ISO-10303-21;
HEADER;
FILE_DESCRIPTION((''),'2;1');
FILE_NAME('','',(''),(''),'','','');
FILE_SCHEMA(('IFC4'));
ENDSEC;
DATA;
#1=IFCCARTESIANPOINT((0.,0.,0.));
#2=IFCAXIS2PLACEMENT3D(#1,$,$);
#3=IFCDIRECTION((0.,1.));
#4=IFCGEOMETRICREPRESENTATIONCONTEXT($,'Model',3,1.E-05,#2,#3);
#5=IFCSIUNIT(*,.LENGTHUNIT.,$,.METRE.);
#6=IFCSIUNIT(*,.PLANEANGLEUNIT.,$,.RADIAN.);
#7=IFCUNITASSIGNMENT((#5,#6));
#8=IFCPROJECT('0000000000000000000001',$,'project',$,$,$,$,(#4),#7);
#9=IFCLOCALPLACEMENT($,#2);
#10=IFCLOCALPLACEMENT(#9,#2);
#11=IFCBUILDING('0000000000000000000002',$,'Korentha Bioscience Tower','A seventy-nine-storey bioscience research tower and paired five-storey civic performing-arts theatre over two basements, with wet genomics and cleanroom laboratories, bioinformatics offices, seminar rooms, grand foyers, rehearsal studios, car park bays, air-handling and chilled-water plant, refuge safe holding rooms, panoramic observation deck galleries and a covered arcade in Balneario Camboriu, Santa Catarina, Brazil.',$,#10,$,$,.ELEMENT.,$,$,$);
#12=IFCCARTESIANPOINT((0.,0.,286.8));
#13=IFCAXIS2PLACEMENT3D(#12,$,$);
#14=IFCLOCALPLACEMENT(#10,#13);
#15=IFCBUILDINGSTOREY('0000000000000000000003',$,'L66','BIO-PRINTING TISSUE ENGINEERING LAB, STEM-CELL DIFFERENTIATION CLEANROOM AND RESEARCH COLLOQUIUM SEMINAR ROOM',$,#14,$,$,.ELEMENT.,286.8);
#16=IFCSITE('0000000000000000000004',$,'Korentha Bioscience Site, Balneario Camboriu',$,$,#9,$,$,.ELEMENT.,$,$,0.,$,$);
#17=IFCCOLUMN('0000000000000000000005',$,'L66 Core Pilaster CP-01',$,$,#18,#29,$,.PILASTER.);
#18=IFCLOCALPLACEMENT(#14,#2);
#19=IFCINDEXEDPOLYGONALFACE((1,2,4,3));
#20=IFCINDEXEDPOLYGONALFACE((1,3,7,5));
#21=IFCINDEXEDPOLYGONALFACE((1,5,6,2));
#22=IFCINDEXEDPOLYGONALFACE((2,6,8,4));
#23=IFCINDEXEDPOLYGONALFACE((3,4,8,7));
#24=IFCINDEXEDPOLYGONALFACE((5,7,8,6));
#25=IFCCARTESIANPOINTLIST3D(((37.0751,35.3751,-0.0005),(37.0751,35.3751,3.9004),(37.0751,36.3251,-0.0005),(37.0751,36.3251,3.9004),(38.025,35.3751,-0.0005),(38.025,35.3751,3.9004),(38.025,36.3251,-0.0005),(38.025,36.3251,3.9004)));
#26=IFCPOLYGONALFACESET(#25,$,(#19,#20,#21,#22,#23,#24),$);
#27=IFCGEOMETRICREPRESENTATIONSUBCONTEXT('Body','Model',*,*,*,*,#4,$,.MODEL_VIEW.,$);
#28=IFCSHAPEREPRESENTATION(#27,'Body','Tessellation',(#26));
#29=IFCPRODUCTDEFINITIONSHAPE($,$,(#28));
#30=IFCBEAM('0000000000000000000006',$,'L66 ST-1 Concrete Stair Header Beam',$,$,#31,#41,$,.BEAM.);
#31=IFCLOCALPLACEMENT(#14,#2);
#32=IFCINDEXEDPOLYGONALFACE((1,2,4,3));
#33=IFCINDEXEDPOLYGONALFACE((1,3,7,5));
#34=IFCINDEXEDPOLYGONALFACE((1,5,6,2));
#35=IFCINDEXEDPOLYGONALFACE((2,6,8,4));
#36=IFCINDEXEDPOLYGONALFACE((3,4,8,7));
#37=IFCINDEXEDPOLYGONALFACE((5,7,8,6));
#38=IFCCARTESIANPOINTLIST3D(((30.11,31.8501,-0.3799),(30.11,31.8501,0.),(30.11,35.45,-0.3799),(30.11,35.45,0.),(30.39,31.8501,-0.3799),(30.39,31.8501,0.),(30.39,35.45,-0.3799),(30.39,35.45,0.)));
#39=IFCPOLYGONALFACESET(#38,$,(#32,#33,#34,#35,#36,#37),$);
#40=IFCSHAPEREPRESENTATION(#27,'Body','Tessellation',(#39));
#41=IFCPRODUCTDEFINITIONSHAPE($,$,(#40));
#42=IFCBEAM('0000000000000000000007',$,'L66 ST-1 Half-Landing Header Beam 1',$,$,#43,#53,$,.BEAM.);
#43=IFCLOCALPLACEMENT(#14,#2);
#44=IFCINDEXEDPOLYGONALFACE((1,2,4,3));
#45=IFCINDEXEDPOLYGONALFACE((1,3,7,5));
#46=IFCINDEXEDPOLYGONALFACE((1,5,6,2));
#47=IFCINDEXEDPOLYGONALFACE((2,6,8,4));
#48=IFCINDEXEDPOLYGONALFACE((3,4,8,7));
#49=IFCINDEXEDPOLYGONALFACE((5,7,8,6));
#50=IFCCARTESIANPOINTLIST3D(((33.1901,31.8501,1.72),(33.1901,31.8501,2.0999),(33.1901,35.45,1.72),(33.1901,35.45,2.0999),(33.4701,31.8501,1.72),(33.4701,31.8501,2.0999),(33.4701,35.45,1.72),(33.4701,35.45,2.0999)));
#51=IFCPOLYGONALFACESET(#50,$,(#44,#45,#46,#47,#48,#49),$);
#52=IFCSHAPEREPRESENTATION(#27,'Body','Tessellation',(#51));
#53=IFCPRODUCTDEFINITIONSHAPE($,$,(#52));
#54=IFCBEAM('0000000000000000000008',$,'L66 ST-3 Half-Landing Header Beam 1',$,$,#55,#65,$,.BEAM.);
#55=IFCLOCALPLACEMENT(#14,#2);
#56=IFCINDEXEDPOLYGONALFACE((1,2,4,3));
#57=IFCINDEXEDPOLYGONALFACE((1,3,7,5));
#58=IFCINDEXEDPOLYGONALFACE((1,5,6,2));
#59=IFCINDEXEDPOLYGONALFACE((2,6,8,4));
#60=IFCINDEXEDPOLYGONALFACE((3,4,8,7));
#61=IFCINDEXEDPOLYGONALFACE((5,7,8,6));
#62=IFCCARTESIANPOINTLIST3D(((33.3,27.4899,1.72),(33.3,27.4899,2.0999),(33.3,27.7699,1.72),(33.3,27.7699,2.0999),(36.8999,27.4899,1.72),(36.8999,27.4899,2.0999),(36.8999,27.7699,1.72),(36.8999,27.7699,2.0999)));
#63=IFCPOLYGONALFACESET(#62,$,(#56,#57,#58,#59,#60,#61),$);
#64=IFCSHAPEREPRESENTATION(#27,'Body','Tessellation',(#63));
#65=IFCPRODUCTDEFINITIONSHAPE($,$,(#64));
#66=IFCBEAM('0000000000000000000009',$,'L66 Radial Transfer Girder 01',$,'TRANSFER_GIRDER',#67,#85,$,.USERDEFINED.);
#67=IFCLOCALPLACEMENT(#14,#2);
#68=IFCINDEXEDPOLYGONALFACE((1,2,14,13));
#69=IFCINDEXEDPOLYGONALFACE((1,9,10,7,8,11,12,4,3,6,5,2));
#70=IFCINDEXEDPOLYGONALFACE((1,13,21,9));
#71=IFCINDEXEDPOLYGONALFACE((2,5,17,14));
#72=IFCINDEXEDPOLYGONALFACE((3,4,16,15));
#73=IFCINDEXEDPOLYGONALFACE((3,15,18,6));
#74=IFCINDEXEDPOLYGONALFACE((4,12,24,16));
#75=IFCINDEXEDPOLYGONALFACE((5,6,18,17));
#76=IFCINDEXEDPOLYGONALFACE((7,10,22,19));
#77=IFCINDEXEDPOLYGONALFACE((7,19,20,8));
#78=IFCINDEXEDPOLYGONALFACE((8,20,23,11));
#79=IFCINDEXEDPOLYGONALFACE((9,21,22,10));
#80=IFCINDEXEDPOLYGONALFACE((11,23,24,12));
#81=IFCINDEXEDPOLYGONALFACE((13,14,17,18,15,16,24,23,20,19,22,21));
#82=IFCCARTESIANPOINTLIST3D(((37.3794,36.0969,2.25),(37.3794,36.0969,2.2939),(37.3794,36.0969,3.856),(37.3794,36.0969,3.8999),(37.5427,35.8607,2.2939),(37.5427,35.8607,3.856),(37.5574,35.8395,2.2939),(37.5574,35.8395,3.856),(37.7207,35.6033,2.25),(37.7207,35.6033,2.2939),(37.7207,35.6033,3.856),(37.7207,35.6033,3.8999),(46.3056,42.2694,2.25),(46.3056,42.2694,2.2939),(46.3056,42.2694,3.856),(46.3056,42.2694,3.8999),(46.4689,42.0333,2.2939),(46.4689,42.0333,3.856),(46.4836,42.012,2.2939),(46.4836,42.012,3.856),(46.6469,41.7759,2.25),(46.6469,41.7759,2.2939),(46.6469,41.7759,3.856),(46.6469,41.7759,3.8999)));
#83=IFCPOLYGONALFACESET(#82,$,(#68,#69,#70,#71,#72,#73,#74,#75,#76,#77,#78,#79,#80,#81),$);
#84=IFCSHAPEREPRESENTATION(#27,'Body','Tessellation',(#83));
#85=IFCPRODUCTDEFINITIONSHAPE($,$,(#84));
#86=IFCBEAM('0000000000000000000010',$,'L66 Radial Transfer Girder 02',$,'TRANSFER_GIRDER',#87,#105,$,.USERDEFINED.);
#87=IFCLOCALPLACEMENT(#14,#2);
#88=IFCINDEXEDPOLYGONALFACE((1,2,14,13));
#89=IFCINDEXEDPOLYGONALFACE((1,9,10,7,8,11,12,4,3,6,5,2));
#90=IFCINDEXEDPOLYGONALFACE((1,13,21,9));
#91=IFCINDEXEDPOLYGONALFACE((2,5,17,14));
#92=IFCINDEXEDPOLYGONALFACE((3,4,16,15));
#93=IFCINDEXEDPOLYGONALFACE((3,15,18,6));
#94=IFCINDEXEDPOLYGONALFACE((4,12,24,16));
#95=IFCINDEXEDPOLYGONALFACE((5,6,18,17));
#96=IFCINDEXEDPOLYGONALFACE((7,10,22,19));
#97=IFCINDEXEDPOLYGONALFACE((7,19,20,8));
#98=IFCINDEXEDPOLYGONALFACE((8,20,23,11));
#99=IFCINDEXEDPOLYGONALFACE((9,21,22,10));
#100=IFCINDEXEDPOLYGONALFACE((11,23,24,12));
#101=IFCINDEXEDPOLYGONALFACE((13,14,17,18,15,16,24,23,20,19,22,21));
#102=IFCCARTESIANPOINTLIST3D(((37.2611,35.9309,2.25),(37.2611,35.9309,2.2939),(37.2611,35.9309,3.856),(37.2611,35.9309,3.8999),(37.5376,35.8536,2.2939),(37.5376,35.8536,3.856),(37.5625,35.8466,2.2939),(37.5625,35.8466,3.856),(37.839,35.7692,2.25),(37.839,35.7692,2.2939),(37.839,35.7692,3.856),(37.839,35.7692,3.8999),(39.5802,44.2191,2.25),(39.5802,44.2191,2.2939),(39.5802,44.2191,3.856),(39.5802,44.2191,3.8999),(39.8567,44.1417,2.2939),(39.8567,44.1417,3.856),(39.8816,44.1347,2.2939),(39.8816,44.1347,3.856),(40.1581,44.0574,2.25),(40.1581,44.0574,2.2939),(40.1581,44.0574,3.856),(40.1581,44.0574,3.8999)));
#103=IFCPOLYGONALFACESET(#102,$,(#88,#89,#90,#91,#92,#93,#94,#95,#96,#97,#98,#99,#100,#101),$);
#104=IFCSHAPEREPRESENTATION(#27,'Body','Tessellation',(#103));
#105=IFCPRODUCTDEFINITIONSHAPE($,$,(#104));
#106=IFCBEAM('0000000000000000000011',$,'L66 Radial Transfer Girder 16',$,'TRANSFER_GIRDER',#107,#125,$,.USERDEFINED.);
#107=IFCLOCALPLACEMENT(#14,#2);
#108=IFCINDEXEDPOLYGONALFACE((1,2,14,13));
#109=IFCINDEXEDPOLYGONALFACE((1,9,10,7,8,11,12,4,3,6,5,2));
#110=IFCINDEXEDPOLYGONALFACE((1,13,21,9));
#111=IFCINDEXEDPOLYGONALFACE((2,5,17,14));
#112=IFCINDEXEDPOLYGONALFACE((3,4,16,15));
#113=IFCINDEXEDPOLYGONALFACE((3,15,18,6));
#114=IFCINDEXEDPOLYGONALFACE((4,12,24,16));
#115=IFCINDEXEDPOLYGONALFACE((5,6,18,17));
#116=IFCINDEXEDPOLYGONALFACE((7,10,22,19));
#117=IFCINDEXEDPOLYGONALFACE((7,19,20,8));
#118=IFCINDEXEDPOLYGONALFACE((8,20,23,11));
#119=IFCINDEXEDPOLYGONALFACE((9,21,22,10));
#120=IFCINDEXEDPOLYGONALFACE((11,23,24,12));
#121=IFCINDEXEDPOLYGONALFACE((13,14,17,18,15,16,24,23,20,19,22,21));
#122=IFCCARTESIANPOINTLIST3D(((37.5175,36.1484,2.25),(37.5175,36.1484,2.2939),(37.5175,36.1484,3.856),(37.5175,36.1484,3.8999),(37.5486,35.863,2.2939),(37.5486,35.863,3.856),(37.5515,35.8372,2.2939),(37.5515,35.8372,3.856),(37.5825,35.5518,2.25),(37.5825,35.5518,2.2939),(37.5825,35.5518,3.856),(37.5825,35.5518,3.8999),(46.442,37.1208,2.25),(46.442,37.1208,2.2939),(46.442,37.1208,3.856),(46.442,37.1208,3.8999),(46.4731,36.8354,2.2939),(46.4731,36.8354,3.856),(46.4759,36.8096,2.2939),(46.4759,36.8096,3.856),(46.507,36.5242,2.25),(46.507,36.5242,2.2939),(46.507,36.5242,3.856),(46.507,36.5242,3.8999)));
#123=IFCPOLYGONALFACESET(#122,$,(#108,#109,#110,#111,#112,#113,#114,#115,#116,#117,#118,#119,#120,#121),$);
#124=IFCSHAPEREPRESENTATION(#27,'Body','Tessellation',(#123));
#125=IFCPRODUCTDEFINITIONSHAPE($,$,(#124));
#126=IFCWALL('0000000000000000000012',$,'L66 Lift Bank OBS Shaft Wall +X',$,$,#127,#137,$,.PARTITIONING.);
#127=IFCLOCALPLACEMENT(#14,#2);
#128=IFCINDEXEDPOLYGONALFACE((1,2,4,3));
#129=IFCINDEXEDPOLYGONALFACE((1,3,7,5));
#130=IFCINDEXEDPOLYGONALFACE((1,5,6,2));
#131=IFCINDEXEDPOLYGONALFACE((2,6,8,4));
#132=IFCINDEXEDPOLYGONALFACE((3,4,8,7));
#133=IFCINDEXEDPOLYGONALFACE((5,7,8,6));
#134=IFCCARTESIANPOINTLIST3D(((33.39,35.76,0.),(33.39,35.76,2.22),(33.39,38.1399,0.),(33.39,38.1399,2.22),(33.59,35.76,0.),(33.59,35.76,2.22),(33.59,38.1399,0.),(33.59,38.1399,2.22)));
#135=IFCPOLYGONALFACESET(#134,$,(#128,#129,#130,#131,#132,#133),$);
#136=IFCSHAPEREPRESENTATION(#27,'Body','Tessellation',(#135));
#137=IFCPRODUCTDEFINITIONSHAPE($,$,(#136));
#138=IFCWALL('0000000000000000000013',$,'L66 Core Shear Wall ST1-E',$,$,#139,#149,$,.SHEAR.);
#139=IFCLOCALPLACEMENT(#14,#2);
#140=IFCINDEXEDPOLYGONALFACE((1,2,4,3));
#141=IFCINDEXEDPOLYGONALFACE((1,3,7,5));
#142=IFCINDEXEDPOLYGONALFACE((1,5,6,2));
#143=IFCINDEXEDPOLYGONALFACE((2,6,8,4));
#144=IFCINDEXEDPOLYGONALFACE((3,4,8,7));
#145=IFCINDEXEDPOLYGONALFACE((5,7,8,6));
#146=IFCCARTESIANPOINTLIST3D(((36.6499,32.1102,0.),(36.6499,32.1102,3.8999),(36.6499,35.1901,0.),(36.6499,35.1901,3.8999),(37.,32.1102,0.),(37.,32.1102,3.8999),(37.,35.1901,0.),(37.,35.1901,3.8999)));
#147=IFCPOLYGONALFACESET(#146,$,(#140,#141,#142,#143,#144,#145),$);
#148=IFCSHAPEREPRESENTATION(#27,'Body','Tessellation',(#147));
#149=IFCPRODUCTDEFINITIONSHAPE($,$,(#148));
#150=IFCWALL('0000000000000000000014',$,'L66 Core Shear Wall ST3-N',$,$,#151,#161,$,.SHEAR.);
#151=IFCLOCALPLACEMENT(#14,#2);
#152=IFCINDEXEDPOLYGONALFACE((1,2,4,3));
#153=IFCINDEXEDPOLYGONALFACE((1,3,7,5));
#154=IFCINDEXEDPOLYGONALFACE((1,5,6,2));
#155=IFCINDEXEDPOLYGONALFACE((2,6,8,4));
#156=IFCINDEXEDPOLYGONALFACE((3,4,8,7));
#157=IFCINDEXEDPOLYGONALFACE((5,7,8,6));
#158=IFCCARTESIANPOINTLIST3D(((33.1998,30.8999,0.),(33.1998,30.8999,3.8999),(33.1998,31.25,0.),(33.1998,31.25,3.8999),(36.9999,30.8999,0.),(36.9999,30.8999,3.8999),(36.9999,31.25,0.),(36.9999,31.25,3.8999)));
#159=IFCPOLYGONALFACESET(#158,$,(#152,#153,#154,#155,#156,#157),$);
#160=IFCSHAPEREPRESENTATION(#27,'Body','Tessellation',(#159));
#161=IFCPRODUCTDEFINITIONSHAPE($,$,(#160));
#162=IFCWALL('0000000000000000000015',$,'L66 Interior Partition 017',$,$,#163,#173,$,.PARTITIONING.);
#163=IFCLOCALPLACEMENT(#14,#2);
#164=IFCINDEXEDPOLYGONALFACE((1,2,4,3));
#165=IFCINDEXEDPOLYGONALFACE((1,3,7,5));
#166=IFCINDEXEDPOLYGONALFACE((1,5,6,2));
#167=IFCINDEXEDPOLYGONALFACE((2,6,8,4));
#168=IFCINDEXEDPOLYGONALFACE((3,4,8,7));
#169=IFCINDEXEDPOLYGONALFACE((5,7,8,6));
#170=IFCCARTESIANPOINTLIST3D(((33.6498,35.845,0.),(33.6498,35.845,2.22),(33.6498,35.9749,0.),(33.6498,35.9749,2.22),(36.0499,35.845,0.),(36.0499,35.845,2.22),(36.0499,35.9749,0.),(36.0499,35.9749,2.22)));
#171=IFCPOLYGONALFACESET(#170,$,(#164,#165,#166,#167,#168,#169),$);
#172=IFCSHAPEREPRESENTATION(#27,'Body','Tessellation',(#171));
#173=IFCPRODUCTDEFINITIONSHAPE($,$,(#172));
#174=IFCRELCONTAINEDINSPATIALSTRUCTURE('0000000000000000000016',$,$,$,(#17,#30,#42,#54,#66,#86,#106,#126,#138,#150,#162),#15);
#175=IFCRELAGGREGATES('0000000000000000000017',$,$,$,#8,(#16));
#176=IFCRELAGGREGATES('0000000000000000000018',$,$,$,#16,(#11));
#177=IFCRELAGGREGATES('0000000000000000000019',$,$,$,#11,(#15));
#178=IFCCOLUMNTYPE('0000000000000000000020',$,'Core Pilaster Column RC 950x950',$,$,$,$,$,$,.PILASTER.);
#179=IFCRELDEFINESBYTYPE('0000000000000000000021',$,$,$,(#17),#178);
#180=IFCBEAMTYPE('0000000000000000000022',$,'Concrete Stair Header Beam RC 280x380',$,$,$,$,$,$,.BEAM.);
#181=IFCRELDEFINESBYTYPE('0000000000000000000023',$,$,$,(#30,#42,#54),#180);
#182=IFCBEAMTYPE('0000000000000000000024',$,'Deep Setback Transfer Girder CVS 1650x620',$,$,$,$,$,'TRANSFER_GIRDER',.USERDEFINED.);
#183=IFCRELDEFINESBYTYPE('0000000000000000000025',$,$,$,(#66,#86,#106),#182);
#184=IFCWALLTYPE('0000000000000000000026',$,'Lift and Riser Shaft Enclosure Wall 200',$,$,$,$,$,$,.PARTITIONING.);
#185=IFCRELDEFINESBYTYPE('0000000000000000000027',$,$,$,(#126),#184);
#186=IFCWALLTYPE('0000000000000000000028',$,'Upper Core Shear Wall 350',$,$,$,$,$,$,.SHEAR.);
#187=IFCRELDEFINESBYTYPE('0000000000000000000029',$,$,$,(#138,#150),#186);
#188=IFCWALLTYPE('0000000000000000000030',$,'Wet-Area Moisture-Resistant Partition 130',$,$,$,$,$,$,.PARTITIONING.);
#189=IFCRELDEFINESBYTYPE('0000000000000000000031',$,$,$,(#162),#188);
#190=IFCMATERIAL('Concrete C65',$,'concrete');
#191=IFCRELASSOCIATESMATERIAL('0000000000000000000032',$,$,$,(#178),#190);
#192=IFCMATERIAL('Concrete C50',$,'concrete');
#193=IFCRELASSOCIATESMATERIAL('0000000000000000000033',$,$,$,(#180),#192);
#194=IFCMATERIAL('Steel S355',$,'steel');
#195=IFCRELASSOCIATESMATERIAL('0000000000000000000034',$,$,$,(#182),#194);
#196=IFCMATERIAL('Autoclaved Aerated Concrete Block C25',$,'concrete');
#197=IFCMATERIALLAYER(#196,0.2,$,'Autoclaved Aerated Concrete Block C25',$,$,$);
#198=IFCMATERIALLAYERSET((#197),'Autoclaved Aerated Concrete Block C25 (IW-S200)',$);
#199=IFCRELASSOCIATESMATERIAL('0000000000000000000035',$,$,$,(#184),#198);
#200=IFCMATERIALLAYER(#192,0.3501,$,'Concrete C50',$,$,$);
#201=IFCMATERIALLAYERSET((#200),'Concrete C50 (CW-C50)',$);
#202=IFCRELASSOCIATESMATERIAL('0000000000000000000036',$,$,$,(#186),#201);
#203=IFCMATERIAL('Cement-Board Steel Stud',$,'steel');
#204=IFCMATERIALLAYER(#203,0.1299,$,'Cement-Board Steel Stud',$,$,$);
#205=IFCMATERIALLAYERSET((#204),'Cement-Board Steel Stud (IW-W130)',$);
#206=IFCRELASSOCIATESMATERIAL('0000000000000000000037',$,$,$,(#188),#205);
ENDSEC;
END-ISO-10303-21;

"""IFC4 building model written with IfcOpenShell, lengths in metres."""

from ifc_helpers import new_model, si_unit, direction, frame, frame_2d, origin, origin_2d, place, context, subcontext, project, spatial, rectangle, i_section, extrude, material, layer, layer_set, material_profile, profile_set, type_object, element, save


model = new_model("IFC4")

# Units and contexts
model_context = context("Model", 3, precision=1e-05, world=origin(), true_north=direction((0.0, 1.0)))
body_context = subcontext(model_context, "Body", "Model", "MODEL_VIEW")
ifc_project = project(units=[si_unit("LENGTHUNIT", "METRE"), si_unit("PLANEANGLEUNIT", "RADIAN")], contexts=[model_context])

# Site, building, storey
site_placement = place(None, origin())
site = spatial("IfcSite", under=ifc_project, at=site_placement, Name="Korentha Bioscience Site, Balneario Camboriu", CompositionType="ELEMENT", RefElevation=0.0)
building_placement = place(site_placement, origin())
building = spatial("IfcBuilding", under=site, at=building_placement, Name="Korentha Bioscience Tower", Description="A seventy-nine-storey bioscience research tower and paired five-storey civic performing-arts theatre over two basements, with wet genomics and cleanroom laboratories, bioinformatics offices, seminar rooms, grand foyers, rehearsal studios, car park bays, air-handling and chilled-water plant, refuge safe holding rooms, panoramic observation deck galleries and a covered arcade in Balneario Camboriu, Santa Catarina, Brazil.", CompositionType="ELEMENT")
storey_placement = place(building_placement, frame((0.0, 0.0, 286.8)))
storey = spatial("IfcBuildingStorey", under=building, at=storey_placement, Name="L66", Description="BIO-PRINTING TISSUE ENGINEERING LAB, STEM-CELL DIFFERENTIATION CLEANROOM AND RESEARCH COLLOQUIUM SEMINAR ROOM", CompositionType="ELEMENT", Elevation=286.8)

# Column
ifc_material_1 = material(Name="Concrete C65", Category="concrete")
ifc_material_profile_1 = material_profile(ifc_material_1, rectangle(XDim=0.95, YDim=0.95, at=origin_2d()), Name="Concrete C65")
ifc_profile_set_1 = profile_set([ifc_material_profile_1], Name="Concrete C65 (COL-CP09)")
column_type = type_object("IfcColumnType", Name="Core Pilaster Column RC 950x950", PredefinedType="PILASTER", material=ifc_profile_set_1)
column_placement = place(storey_placement, frame((37.55, 35.8501, -0.0005), z_axis=(0.0, 0.0, 1.0), x_axis=(1.0, 0.0, 0.0)))
element("IfcColumn", 1, at=column_placement, inside=storey, type_object=column_type, Name="L66 Core Pilaster CP-01", PredefinedType="PILASTER", context=body_context, shape_type="SweptSolid", body=[
    extrude(rectangle(XDim=0.95, YDim=0.95, at=origin_2d()), origin(), (0.0, 0.0, 1.0), 3.9009),
])

# Beams
ifc_material_2 = material(Name="Concrete C50", Category="concrete")
ifc_material_profile_2 = material_profile(ifc_material_2, rectangle(XDim=0.28, YDim=0.3799, at=origin_2d()), Name="Concrete C50")
ifc_profile_set_2 = profile_set([ifc_material_profile_2], Name="Concrete C50 (ST-HB380)")
beam_type_1 = type_object("IfcBeamType", Name="Concrete Stair Header Beam RC 280x380", PredefinedType="BEAM", material=ifc_profile_set_2)
for number, where, z_axis, x_axis, name in (
    (2, (30.25, 31.8501, -0.1899), (0.0, 1.0, 0.0), (-1.0, 0.0, 0.0), "L66 ST-1 Concrete Stair Header Beam"),
    (3, (33.3301, 31.8501, 1.9099), (0.0, 1.0, 0.0), (-1.0, 0.0, 0.0), "L66 ST-1 Half-Landing Header Beam 1"),
    (4, (36.8999, 27.6299, 1.9099), (-1.0, 0.0, 0.0), (0.0, -1.0, 0.0), "L66 ST-3 Half-Landing Header Beam 1"),
):
    element("IfcBeam", number, at=place(storey_placement, frame(where, z_axis=z_axis, x_axis=x_axis)), inside=storey, type_object=beam_type_1, Name=name, PredefinedType="BEAM", context=body_context, shape_type="SweptSolid", body=[
        extrude(rectangle(XDim=0.28, YDim=0.3799, at=origin_2d()), origin(), (0.0, 0.0, 1.0), 3.5999),
    ])
ifc_material_3 = material(Name="Steel S355", Category="steel")
ifc_material_profile_3 = material_profile(ifc_material_3, i_section(OverallWidth=0.6001, OverallDepth=1.6499, WebThickness=0.0259, FlangeThickness=0.0439, at=origin_2d()), Name="Steel S355")
ifc_profile_set_3 = profile_set([ifc_material_profile_3], Name="Steel S355 (TG-04)")
beam_type_2 = type_object("IfcBeamType", Name="Deep Setback Transfer Girder CVS 1650x620", ElementType="TRANSFER_GIRDER", PredefinedType="USERDEFINED", material=ifc_profile_set_3)
beam_1_placement = place(storey_placement, frame((37.55, 35.8501, 3.075), z_axis=(0.822499, 0.568767, 0.0), x_axis=(-0.568767, 0.822499, 0.0)))
element("IfcBeam", 5, at=beam_1_placement, inside=storey, type_object=beam_type_2, Name="L66 Radial Transfer Girder 01", ObjectType="TRANSFER_GIRDER", PredefinedType="USERDEFINED", context=body_context, shape_type="SweptSolid", body=[
    extrude(i_section(OverallWidth=0.6001, OverallDepth=1.6499, WebThickness=0.0259, FlangeThickness=0.0439, at=origin_2d()), origin(), (0.0, 0.0, 1.0), 10.8525),
])
beam_2_placement = place(storey_placement, frame((37.55, 35.8501, 3.075), z_axis=(0.269461, 0.963011, 0.0), x_axis=(-0.963011, 0.269461, 0.0)))
element("IfcBeam", 6, at=beam_2_placement, inside=storey, type_object=beam_type_2, Name="L66 Radial Transfer Girder 02", ObjectType="TRANSFER_GIRDER", PredefinedType="USERDEFINED", context=body_context, shape_type="SweptSolid", body=[
    extrude(i_section(OverallWidth=0.6001, OverallDepth=1.6499, WebThickness=0.0259, FlangeThickness=0.0439, at=origin_2d()), origin(), (0.0, 0.0, 1.0), 8.6064),
])
beam_3_placement = place(storey_placement, frame((37.55, 35.8501, 3.075), z_axis=(0.994116, 0.108318, 0.0), x_axis=(-0.108318, 0.994116, 0.0)))
element("IfcBeam", 7, at=beam_3_placement, inside=storey, type_object=beam_type_2, Name="L66 Radial Transfer Girder 16", ObjectType="TRANSFER_GIRDER", PredefinedType="USERDEFINED", context=body_context, shape_type="SweptSolid", body=[
    extrude(i_section(OverallWidth=0.6001, OverallDepth=1.6499, WebThickness=0.0259, FlangeThickness=0.0439, at=origin_2d()), origin(), (0.0, 0.0, 1.0), 8.9773),
])

# Walls
ifc_material_4 = material(Name="Autoclaved Aerated Concrete Block C25", Category="concrete")
ifc_layer_1 = layer(ifc_material_4, 0.2, Name="Autoclaved Aerated Concrete Block C25")
ifc_layer_set_1 = layer_set([ifc_layer_1], Name="Autoclaved Aerated Concrete Block C25 (IW-S200)")
wall_type_1 = type_object("IfcWallType", Name="Lift and Riser Shaft Enclosure Wall 200", PredefinedType="PARTITIONING", material=ifc_layer_set_1)
wall_1_placement = place(storey_placement, frame((33.49, 35.76, 0.0), z_axis=(0.0, 0.0, 1.0), x_axis=(0.0, 1.0, 0.0)))
element("IfcWall", 8, at=wall_1_placement, inside=storey, type_object=wall_type_1, Name="L66 Lift Bank OBS Shaft Wall +X", PredefinedType="PARTITIONING", context=body_context, shape_type="SweptSolid", body=[
    extrude(rectangle(XDim=2.3799, YDim=0.2, at=frame_2d((1.1899, 0.0))), origin(), (0.0, 0.0, 1.0), 2.22),
])
ifc_layer_2 = layer(ifc_material_2, 0.3501, Name="Concrete C50")
ifc_layer_set_2 = layer_set([ifc_layer_2], Name="Concrete C50 (CW-C50)")
wall_type_2 = type_object("IfcWallType", Name="Upper Core Shear Wall 350", PredefinedType="SHEAR", material=ifc_layer_set_2)
wall_2_placement = place(storey_placement, frame((36.825, 32.1101, 0.0), z_axis=(0.0, 0.0, 1.0), x_axis=(0.0, 1.0, 0.0)))
element("IfcWall", 9, at=wall_2_placement, inside=storey, type_object=wall_type_2, Name="L66 Core Shear Wall ST1-E", PredefinedType="SHEAR", context=body_context, shape_type="SweptSolid", body=[
    extrude(rectangle(XDim=3.0798, YDim=0.3501, at=frame_2d((1.54, 0.0))), origin(), (0.0, 0.0, 1.0), 3.8999),
])
wall_3_placement = place(storey_placement, frame((33.2, 31.075, 0.0), z_axis=(0.0, 0.0, 1.0), x_axis=(1.0, 0.0, 0.0)))
element("IfcWall", 10, at=wall_3_placement, inside=storey, type_object=wall_type_2, Name="L66 Core Shear Wall ST3-N", PredefinedType="SHEAR", context=body_context, shape_type="SweptSolid", body=[
    extrude(rectangle(XDim=3.8, YDim=0.3501, at=frame_2d((1.8999, 0.0))), origin(), (0.0, 0.0, 1.0), 3.8999),
])
ifc_material_5 = material(Name="Cement-Board Steel Stud", Category="steel")
ifc_layer_3 = layer(ifc_material_5, 0.1299, Name="Cement-Board Steel Stud")
ifc_layer_set_3 = layer_set([ifc_layer_3], Name="Cement-Board Steel Stud (IW-W130)")
wall_type_3 = type_object("IfcWallType", Name="Wet-Area Moisture-Resistant Partition 130", PredefinedType="PARTITIONING", material=ifc_layer_set_3)
wall_4_placement = place(storey_placement, frame((36.05, 35.9099, 0.0), z_axis=(0.0, 0.0, 1.0), x_axis=(-1.0, 0.0, 0.0)))
element("IfcWall", 11, at=wall_4_placement, inside=storey, type_object=wall_type_3, Name="L66 Interior Partition 017", PredefinedType="PARTITIONING", context=body_context, shape_type="SweptSolid", body=[
    extrude(rectangle(XDim=2.4001, YDim=0.1299, at=frame_2d((1.2002, 0.0))), origin(), (0.0, 0.0, 1.0), 2.22),
])

save(model, "model.ifc")
